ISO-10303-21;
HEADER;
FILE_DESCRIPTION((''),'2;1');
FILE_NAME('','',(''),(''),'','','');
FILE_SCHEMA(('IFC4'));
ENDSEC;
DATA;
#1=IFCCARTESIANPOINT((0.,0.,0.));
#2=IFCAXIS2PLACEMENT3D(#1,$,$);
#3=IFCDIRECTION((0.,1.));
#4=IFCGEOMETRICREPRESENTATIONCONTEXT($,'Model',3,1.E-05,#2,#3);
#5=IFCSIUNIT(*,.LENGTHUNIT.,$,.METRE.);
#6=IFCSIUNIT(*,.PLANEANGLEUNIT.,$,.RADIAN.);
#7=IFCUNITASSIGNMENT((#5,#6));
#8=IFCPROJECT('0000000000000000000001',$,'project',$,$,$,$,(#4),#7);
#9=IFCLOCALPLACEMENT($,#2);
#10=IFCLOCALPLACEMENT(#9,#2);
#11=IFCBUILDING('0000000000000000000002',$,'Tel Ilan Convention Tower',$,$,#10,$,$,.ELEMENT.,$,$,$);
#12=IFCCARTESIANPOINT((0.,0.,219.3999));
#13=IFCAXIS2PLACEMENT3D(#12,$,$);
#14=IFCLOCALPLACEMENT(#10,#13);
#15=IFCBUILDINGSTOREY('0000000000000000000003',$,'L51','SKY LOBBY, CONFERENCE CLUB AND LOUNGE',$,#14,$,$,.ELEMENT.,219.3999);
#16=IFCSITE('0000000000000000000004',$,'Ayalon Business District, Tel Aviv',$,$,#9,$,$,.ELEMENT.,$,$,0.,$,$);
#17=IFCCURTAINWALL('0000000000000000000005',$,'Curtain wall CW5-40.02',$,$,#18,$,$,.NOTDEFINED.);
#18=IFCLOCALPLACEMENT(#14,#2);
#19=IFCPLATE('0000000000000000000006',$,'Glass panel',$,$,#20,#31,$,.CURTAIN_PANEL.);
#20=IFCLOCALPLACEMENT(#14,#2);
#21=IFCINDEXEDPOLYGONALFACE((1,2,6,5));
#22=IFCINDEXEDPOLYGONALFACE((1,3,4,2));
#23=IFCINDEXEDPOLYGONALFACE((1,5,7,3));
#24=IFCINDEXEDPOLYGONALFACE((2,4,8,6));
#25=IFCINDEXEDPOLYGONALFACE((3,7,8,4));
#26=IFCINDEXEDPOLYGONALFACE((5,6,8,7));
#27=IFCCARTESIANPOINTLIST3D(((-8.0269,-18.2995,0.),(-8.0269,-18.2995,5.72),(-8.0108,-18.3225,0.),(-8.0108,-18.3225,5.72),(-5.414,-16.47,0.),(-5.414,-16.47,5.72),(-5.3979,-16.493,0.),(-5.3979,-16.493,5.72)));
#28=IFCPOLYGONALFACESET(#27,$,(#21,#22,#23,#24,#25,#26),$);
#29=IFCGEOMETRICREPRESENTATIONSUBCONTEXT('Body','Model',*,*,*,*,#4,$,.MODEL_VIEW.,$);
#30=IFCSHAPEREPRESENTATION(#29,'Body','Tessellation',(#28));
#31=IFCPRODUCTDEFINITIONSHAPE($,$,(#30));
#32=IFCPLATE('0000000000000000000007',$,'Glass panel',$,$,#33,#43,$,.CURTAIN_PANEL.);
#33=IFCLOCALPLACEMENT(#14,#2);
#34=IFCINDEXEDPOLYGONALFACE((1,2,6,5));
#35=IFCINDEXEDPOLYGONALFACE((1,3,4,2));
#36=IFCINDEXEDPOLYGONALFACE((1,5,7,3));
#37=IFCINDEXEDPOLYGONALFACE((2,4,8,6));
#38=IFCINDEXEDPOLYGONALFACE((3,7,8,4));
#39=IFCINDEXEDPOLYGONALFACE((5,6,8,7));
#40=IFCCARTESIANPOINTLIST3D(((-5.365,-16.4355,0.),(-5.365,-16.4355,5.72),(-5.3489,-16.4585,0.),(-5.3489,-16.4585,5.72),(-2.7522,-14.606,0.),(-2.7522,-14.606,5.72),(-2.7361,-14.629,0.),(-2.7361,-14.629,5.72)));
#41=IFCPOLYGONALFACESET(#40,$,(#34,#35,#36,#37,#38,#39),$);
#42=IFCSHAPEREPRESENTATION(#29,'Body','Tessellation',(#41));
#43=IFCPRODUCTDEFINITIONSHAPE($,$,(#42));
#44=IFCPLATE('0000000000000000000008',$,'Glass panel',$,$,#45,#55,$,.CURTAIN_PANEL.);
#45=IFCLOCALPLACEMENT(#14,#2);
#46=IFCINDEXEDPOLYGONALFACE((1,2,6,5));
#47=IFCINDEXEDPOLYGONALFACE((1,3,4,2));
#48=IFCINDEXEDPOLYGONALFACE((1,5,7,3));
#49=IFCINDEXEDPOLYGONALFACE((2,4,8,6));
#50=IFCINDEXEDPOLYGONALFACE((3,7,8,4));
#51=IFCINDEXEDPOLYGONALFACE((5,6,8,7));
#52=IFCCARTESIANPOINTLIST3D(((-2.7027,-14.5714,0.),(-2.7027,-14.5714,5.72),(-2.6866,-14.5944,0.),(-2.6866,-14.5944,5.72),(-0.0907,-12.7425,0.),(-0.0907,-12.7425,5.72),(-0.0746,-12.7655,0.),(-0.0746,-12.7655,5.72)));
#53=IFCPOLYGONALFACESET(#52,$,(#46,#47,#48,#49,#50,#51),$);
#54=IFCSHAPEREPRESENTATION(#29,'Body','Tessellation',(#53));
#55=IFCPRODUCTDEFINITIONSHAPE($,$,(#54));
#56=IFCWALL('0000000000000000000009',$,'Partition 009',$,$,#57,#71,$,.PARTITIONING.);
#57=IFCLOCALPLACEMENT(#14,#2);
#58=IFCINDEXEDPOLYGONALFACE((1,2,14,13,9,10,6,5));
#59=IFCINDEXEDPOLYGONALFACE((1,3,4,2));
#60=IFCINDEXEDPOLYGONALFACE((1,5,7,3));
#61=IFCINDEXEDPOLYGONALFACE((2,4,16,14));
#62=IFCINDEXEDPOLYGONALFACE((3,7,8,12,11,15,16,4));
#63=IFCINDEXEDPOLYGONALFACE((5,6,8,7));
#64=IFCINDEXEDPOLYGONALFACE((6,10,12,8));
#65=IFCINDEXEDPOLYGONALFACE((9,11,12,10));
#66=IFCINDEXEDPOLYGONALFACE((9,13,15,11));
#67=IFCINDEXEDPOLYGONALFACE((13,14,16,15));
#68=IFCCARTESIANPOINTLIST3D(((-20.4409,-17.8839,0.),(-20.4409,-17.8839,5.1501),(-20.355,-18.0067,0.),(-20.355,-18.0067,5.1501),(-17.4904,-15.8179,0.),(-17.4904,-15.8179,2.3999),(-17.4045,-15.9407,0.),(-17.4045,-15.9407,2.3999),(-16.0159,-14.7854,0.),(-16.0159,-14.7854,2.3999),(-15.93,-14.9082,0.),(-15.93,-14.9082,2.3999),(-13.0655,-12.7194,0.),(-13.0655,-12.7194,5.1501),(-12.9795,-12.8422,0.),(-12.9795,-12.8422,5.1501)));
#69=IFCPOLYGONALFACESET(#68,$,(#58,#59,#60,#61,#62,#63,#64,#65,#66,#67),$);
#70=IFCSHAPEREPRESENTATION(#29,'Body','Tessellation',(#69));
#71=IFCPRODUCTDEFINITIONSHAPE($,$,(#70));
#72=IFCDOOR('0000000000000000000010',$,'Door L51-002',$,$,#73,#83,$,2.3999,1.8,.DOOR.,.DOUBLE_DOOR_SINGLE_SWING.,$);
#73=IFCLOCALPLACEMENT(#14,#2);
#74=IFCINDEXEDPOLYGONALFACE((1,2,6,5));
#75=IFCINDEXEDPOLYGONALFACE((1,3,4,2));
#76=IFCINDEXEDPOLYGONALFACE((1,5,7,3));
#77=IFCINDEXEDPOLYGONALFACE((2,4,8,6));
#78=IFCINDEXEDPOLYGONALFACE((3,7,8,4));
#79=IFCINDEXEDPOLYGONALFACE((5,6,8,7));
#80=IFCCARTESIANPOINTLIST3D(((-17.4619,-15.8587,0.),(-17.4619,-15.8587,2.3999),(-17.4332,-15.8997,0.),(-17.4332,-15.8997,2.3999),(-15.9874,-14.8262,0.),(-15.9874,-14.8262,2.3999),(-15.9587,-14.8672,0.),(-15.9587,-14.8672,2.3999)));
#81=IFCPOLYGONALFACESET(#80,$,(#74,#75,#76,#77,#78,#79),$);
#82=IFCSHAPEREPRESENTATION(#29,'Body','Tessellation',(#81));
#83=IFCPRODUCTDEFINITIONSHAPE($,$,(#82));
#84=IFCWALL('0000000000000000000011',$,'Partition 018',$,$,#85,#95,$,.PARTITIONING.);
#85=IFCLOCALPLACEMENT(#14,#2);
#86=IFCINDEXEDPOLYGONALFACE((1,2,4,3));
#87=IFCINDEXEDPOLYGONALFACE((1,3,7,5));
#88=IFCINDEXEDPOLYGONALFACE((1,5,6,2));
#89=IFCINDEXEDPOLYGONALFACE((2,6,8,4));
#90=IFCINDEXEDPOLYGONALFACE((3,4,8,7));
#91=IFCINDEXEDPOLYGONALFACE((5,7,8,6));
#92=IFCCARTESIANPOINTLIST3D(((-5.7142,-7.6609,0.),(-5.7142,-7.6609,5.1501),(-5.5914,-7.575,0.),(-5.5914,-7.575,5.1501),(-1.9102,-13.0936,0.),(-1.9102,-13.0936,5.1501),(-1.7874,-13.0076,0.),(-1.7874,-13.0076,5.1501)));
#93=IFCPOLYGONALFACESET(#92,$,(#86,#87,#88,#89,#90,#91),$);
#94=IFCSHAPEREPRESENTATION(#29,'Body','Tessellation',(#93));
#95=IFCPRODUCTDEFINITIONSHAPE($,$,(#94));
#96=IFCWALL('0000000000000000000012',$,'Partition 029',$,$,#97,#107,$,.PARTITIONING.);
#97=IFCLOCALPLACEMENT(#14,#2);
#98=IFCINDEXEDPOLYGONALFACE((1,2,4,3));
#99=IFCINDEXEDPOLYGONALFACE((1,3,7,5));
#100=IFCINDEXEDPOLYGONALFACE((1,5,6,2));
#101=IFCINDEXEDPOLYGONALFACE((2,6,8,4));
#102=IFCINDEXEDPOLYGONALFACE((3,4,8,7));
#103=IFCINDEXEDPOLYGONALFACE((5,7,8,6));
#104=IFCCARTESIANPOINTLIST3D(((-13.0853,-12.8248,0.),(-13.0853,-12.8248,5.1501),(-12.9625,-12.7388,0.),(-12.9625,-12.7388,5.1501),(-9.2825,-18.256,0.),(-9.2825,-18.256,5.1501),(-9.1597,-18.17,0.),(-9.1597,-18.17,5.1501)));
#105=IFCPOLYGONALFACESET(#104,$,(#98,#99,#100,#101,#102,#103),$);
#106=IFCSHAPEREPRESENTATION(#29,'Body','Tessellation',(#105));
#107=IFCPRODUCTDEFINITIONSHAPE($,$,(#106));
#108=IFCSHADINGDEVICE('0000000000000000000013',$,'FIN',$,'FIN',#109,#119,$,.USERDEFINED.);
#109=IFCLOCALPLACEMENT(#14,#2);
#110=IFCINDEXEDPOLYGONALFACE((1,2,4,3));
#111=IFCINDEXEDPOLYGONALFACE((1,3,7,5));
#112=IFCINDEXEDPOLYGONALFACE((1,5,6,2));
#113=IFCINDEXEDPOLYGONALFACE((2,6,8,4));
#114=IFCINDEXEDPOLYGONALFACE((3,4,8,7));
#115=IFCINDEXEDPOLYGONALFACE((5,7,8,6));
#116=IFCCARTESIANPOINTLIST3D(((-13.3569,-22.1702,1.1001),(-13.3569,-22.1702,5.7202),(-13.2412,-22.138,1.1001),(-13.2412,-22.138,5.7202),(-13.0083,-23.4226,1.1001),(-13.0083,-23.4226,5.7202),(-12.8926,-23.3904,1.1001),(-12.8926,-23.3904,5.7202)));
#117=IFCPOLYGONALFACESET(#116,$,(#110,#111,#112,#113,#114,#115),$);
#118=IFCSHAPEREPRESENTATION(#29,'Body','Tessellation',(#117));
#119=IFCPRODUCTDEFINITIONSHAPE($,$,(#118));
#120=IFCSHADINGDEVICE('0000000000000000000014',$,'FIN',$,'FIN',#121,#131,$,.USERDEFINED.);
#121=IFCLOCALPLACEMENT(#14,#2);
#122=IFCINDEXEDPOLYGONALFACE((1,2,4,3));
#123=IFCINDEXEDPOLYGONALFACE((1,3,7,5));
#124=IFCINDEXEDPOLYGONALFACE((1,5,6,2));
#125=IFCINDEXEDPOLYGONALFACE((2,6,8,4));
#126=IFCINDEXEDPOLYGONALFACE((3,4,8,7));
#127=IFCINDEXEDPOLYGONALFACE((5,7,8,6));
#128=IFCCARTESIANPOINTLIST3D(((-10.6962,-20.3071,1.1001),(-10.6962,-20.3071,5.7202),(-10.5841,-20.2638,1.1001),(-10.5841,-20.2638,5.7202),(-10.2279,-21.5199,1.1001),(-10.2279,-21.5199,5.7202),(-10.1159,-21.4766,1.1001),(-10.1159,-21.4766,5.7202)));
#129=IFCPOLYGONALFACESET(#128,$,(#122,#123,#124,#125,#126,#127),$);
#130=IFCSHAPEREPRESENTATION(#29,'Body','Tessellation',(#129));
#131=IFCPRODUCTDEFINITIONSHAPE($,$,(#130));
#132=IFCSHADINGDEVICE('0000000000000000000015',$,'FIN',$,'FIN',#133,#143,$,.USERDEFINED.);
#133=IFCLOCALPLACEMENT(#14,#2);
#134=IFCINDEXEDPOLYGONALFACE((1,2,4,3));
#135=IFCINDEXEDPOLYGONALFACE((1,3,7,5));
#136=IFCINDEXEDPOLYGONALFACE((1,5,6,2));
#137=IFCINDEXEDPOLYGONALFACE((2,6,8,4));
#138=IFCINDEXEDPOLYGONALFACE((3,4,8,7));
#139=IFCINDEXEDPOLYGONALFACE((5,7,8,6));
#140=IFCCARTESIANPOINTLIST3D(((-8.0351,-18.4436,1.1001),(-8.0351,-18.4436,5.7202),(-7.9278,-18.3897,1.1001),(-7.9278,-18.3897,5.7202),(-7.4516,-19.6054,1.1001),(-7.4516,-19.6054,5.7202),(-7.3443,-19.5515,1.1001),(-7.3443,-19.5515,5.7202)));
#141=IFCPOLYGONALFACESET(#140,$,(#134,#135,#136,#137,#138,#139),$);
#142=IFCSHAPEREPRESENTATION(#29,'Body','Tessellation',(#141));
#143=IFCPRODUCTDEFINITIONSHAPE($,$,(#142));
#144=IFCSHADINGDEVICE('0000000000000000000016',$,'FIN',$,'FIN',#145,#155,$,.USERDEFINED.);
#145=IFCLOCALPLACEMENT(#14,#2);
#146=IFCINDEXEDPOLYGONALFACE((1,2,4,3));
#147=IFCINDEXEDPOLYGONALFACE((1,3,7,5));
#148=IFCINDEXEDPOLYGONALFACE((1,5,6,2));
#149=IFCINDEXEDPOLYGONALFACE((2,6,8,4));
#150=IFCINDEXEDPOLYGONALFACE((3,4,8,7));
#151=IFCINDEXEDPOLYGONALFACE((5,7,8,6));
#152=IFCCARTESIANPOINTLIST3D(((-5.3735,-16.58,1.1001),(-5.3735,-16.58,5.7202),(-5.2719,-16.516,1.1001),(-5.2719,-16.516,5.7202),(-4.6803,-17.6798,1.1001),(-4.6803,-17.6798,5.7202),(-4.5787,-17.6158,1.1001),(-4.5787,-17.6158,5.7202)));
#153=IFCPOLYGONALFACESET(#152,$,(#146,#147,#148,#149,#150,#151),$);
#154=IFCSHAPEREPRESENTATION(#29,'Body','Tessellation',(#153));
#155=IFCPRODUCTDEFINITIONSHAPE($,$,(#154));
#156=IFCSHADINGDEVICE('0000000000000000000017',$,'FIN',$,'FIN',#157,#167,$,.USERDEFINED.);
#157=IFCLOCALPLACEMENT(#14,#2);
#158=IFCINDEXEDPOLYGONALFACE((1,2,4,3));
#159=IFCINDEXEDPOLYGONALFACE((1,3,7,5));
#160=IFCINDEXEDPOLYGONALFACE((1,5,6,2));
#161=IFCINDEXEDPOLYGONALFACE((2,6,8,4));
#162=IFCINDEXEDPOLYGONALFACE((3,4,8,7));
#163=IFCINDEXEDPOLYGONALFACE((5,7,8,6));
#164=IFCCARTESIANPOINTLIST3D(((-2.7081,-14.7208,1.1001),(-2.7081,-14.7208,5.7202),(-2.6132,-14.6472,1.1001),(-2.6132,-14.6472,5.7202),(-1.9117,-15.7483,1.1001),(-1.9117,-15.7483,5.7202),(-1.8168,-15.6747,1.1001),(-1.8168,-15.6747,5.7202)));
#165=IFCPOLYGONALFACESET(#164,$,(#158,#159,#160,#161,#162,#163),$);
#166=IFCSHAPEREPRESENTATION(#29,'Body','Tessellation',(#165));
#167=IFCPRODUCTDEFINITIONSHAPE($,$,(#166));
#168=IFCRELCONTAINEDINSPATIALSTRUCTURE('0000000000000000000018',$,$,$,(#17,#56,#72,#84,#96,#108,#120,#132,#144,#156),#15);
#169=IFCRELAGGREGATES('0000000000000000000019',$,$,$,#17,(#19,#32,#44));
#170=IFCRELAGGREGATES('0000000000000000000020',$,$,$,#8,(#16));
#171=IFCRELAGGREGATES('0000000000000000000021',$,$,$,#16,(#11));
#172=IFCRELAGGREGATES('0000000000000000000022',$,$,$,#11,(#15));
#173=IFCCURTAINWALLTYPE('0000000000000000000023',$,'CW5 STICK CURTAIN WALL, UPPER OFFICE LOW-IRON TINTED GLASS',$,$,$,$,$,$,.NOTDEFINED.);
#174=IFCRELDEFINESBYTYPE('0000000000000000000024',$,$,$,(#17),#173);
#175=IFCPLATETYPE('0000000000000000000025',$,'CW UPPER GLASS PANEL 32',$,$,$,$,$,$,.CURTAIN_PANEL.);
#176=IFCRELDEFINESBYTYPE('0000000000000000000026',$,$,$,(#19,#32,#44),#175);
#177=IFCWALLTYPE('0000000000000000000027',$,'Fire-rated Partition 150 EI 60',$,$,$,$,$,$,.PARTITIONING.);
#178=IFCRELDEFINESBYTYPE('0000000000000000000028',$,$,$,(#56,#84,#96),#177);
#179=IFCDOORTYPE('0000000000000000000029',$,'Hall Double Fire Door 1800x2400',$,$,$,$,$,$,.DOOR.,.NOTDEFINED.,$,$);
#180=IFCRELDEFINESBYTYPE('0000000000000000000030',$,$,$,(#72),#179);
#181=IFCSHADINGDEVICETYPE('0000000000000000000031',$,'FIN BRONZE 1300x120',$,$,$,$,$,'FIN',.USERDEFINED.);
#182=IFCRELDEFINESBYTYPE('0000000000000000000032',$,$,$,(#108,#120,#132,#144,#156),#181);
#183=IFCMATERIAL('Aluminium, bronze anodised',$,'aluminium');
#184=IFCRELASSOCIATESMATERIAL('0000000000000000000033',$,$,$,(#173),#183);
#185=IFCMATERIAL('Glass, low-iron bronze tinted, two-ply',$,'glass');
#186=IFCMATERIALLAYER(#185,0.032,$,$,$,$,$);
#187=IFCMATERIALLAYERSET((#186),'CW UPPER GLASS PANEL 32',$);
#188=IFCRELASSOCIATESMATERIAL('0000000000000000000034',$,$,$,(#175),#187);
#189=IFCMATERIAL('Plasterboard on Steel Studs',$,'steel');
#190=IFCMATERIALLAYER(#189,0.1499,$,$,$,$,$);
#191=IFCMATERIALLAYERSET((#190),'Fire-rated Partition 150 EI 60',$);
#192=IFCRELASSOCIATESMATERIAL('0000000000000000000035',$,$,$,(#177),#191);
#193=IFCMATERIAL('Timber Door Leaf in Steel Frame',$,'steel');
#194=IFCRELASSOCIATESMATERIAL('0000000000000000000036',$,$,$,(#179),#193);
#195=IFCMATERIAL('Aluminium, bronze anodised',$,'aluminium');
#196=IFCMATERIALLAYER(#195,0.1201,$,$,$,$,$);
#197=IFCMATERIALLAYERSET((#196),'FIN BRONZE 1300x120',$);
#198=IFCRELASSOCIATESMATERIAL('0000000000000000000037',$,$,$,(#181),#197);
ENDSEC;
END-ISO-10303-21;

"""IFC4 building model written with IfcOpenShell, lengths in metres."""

from ifc_helpers import new_model, si_unit, direction, frame, frame_2d, origin, origin_2d, place, context, subcontext, project, spatial, rectangle, extrude, material, layer, layer_set, type_object, element, fill, aggregate, save


model = new_model("IFC4")

# Units and contexts
model_context = context("Model", 3, precision=1e-05, world=origin(), true_north=direction((0.0, 1.0)))
body_context = subcontext(model_context, "Body", "Model", "MODEL_VIEW")
ifc_project = project(units=[si_unit("LENGTHUNIT", "METRE"), si_unit("PLANEANGLEUNIT", "RADIAN")], contexts=[model_context])

# Site, building, storey
site_placement = place(None, origin())
site = spatial("IfcSite", under=ifc_project, at=site_placement, Name="Ayalon Business District, Tel Aviv", CompositionType="ELEMENT", RefElevation=0.0)
building_placement = place(site_placement, origin())
building = spatial("IfcBuilding", under=site, at=building_placement, Name="Tel Ilan Convention Tower", CompositionType="ELEMENT")
storey_placement = place(building_placement, frame((0.0, 0.0, 219.3999)))
storey = spatial("IfcBuildingStorey", under=building, at=storey_placement, Name="L51", Description="SKY LOBBY, CONFERENCE CLUB AND LOUNGE", CompositionType="ELEMENT", Elevation=219.3999)

# Curtain wall, plates
ifc_material_1 = material(Name="Aluminium, bronze anodised", Category="aluminium")
curtain_wall_type = type_object("IfcCurtainWallType", Name="CW5 STICK CURTAIN WALL, UPPER OFFICE LOW-IRON TINTED GLASS", PredefinedType="NOTDEFINED", material=ifc_material_1)
curtain_wall_placement = place(storey_placement, origin())
curtain_wall = element("IfcCurtainWall", 1, at=curtain_wall_placement, inside=storey, type_object=curtain_wall_type, Name="Curtain wall CW5-40.02", PredefinedType="NOTDEFINED")
ifc_material_2 = material(Name="Glass, low-iron bronze tinted, two-ply", Category="glass")
ifc_layer_1 = layer(ifc_material_2, 0.032)
ifc_layer_set_1 = layer_set([ifc_layer_1], Name="CW UPPER GLASS PANEL 32")
plate_type = type_object("IfcPlateType", Name="CW UPPER GLASS PANEL 32", PredefinedType="CURTAIN_PANEL", material=ifc_layer_set_1)
plate_1_placement = place(storey_placement, frame((-6.7124, -17.3962, 0.0), z_axis=(0.0, 0.0, 1.0), x_axis=(0.819152, 0.573576, 0.0)))
plate_1 = element("IfcPlate", 2, at=plate_1_placement, type_object=plate_type, Name="Glass panel", PredefinedType="CURTAIN_PANEL", context=body_context, shape_type="SweptSolid", body=[
    extrude(rectangle(XDim=3.1897, YDim=0.0281, at=origin_2d()), origin(), (0.0, 0.0, 1.0), 5.72),
])
plate_2_placement = place(storey_placement, frame((-4.0505, -15.5322, 0.0), z_axis=(0.0, 0.0, 1.0), x_axis=(0.819152, 0.573576, 0.0)))
plate_2 = element("IfcPlate", 3, at=plate_2_placement, type_object=plate_type, Name="Glass panel", PredefinedType="CURTAIN_PANEL", context=body_context, shape_type="SweptSolid", body=[
    extrude(rectangle(XDim=3.1897, YDim=0.0281, at=origin_2d()), origin(), (0.0, 0.0, 1.0), 5.72),
])
plate_3_placement = place(storey_placement, frame((-1.3887, -13.6685, 0.0), z_axis=(0.0, 0.0, 1.0), x_axis=(0.819152, 0.573576, 0.0)))
plate_3 = element("IfcPlate", 4, at=plate_3_placement, type_object=plate_type, Name="Glass panel", PredefinedType="CURTAIN_PANEL", context=body_context, shape_type="SweptSolid", body=[
    extrude(rectangle(XDim=3.1887, YDim=0.0281, at=origin_2d()), origin(), (0.0, 0.0, 1.0), 5.72),
])
aggregate(curtain_wall, [plate_1, plate_2, plate_3])

# Wall, opening, door
ifc_material_3 = material(Name="Plasterboard on Steel Studs", Category="steel")
ifc_layer_2 = layer(ifc_material_3, 0.1499)
ifc_layer_set_2 = layer_set([ifc_layer_2], Name="Fire-rated Partition 150 EI 60")
wall_type = type_object("IfcWallType", Name="Fire-rated Partition 150 EI 60", PredefinedType="PARTITIONING", material=ifc_layer_set_2)
wall_1_placement = place(storey_placement, frame((-13.0225, -12.7808, 0.0), z_axis=(0.0, 0.0, 1.0), x_axis=(-0.819143, -0.57359, 0.0)))
wall_1 = element("IfcWall", 5, at=wall_1_placement, inside=storey, type_object=wall_type, Name="Partition 009", PredefinedType="PARTITIONING", context=body_context, shape_type="SweptSolid", body=[
    extrude(rectangle(XDim=9.0039, YDim=0.1499, at=frame_2d((4.502, 0.0))), origin(), (0.0, 0.0, 1.0), 5.1501),
])
opening_placement = place(wall_1_placement, frame((3.6021, 0.0, 0.0)))
opening = element("IfcOpeningElement", 6, at=opening_placement, cuts=wall_1, PredefinedType="OPENING", context=body_context, shape_type="SweptSolid", body=[
    extrude(rectangle(XDim=1.8, YDim=2.3999, at=frame_2d((0.8999, 1.2))), frame((0.0, 0.085, 0.0), z_axis=(0.0, -1.0, 0.0), x_axis=(1.0, 0.0, 0.0)), (0.0, 0.0, 1.0), 0.1699),
])
ifc_material_4 = material(Name="Timber Door Leaf in Steel Frame", Category="steel")
door_type = type_object("IfcDoorType", Name="Hall Double Fire Door 1800x2400", OperationType="NOTDEFINED", PredefinedType="DOOR", material=ifc_material_4)
door_placement = place(opening_placement, origin())
door = element("IfcDoor", 7, at=door_placement, inside=storey, type_object=door_type, Name="Door L51-002", OperationType="DOUBLE_DOOR_SINGLE_SWING", OverallHeight=2.3999, OverallWidth=1.8, PredefinedType="DOOR", context=body_context, shape_type="SweptSolid", body=[
    extrude(rectangle(XDim=1.8, YDim=2.3999, at=frame_2d((0.8999, 1.2))), frame((0.0, 0.0249, 0.0), z_axis=(0.0, -1.0, 0.0), x_axis=(1.0, 0.0, 0.0)), (0.0, 0.0, 1.0), 0.05),
])
fill(opening, door)

# Walls
wall_2_placement = place(storey_placement, frame((-1.8489, -13.0505, 0.0), z_axis=(0.0, 0.0, 1.0), x_axis=(-0.573576, 0.819152, 0.0)))
element("IfcWall", 8, at=wall_2_placement, inside=storey, type_object=wall_type, Name="Partition 018", PredefinedType="PARTITIONING", context=body_context, shape_type="SweptSolid", body=[
    extrude(rectangle(XDim=6.6321, YDim=0.1499, at=frame_2d((3.3159, 0.0))), origin(), (0.0, 0.0, 1.0), 5.1501),
])
wall_3_placement = place(storey_placement, frame((-9.2212, -18.2129, 0.0), z_axis=(0.0, 0.0, 1.0), x_axis=(-0.573556, 0.819166, 0.0)))
element("IfcWall", 9, at=wall_3_placement, inside=storey, type_object=wall_type, Name="Partition 029", PredefinedType="PARTITIONING", context=body_context, shape_type="SweptSolid", body=[
    extrude(rectangle(XDim=6.6301, YDim=0.1499, at=frame_2d((3.3149, 0.0))), origin(), (0.0, 0.0, 1.0), 5.1501),
])

# Shading devices
ifc_material_5 = material(Name="Aluminium, bronze anodised", Category="aluminium")
ifc_layer_3 = layer(ifc_material_5, 0.1201)
ifc_layer_set_3 = layer_set([ifc_layer_3], Name="FIN BRONZE 1300x120")
shading_device_type = type_object("IfcShadingDeviceType", Name="FIN BRONZE 1300x120", ElementType="FIN", PredefinedType="USERDEFINED", material=ifc_layer_set_3)
for number, where, z_axis, x_axis, name in (
    (10, (-13.1248, -22.7803, 1.1001), (0.0, 0.0, 1.0), (0.268173, -0.963371, 0.0), "FIN"),
    (11, (-10.406, -20.8918, 1.1001), (0.0, 0.0, 1.0), (0.360178, -0.932884, 0.0), "FIN"),
    (12, (-7.6897, -18.9976, 1.1001), (0.0, 0.0, 1.0), (0.448799, -0.893633, 0.0), "FIN"),
    (13, (-4.9761, -17.0979, 1.1001), (0.0, 0.0, 1.0), (0.533204, -0.845986, 0.0), "FIN"),
    (14, (-2.2625, -15.1978, 1.1001), (0.0, 0.0, 1.0), (0.612601, -0.790393, 0.0), "FIN"),
):
    element("IfcShadingDevice", number, at=place(storey_placement, frame(where, z_axis=z_axis, x_axis=x_axis)), inside=storey, type_object=shading_device_type, Name=name, ObjectType="FIN", PredefinedType="USERDEFINED", context=body_context, shape_type="SweptSolid", body=[
        extrude(rectangle(XDim=1.3, YDim=0.1201, at=origin_2d()), origin(), (0.0, 0.0, 1.0), 4.6201),
    ])

save(model, "model.ifc")
